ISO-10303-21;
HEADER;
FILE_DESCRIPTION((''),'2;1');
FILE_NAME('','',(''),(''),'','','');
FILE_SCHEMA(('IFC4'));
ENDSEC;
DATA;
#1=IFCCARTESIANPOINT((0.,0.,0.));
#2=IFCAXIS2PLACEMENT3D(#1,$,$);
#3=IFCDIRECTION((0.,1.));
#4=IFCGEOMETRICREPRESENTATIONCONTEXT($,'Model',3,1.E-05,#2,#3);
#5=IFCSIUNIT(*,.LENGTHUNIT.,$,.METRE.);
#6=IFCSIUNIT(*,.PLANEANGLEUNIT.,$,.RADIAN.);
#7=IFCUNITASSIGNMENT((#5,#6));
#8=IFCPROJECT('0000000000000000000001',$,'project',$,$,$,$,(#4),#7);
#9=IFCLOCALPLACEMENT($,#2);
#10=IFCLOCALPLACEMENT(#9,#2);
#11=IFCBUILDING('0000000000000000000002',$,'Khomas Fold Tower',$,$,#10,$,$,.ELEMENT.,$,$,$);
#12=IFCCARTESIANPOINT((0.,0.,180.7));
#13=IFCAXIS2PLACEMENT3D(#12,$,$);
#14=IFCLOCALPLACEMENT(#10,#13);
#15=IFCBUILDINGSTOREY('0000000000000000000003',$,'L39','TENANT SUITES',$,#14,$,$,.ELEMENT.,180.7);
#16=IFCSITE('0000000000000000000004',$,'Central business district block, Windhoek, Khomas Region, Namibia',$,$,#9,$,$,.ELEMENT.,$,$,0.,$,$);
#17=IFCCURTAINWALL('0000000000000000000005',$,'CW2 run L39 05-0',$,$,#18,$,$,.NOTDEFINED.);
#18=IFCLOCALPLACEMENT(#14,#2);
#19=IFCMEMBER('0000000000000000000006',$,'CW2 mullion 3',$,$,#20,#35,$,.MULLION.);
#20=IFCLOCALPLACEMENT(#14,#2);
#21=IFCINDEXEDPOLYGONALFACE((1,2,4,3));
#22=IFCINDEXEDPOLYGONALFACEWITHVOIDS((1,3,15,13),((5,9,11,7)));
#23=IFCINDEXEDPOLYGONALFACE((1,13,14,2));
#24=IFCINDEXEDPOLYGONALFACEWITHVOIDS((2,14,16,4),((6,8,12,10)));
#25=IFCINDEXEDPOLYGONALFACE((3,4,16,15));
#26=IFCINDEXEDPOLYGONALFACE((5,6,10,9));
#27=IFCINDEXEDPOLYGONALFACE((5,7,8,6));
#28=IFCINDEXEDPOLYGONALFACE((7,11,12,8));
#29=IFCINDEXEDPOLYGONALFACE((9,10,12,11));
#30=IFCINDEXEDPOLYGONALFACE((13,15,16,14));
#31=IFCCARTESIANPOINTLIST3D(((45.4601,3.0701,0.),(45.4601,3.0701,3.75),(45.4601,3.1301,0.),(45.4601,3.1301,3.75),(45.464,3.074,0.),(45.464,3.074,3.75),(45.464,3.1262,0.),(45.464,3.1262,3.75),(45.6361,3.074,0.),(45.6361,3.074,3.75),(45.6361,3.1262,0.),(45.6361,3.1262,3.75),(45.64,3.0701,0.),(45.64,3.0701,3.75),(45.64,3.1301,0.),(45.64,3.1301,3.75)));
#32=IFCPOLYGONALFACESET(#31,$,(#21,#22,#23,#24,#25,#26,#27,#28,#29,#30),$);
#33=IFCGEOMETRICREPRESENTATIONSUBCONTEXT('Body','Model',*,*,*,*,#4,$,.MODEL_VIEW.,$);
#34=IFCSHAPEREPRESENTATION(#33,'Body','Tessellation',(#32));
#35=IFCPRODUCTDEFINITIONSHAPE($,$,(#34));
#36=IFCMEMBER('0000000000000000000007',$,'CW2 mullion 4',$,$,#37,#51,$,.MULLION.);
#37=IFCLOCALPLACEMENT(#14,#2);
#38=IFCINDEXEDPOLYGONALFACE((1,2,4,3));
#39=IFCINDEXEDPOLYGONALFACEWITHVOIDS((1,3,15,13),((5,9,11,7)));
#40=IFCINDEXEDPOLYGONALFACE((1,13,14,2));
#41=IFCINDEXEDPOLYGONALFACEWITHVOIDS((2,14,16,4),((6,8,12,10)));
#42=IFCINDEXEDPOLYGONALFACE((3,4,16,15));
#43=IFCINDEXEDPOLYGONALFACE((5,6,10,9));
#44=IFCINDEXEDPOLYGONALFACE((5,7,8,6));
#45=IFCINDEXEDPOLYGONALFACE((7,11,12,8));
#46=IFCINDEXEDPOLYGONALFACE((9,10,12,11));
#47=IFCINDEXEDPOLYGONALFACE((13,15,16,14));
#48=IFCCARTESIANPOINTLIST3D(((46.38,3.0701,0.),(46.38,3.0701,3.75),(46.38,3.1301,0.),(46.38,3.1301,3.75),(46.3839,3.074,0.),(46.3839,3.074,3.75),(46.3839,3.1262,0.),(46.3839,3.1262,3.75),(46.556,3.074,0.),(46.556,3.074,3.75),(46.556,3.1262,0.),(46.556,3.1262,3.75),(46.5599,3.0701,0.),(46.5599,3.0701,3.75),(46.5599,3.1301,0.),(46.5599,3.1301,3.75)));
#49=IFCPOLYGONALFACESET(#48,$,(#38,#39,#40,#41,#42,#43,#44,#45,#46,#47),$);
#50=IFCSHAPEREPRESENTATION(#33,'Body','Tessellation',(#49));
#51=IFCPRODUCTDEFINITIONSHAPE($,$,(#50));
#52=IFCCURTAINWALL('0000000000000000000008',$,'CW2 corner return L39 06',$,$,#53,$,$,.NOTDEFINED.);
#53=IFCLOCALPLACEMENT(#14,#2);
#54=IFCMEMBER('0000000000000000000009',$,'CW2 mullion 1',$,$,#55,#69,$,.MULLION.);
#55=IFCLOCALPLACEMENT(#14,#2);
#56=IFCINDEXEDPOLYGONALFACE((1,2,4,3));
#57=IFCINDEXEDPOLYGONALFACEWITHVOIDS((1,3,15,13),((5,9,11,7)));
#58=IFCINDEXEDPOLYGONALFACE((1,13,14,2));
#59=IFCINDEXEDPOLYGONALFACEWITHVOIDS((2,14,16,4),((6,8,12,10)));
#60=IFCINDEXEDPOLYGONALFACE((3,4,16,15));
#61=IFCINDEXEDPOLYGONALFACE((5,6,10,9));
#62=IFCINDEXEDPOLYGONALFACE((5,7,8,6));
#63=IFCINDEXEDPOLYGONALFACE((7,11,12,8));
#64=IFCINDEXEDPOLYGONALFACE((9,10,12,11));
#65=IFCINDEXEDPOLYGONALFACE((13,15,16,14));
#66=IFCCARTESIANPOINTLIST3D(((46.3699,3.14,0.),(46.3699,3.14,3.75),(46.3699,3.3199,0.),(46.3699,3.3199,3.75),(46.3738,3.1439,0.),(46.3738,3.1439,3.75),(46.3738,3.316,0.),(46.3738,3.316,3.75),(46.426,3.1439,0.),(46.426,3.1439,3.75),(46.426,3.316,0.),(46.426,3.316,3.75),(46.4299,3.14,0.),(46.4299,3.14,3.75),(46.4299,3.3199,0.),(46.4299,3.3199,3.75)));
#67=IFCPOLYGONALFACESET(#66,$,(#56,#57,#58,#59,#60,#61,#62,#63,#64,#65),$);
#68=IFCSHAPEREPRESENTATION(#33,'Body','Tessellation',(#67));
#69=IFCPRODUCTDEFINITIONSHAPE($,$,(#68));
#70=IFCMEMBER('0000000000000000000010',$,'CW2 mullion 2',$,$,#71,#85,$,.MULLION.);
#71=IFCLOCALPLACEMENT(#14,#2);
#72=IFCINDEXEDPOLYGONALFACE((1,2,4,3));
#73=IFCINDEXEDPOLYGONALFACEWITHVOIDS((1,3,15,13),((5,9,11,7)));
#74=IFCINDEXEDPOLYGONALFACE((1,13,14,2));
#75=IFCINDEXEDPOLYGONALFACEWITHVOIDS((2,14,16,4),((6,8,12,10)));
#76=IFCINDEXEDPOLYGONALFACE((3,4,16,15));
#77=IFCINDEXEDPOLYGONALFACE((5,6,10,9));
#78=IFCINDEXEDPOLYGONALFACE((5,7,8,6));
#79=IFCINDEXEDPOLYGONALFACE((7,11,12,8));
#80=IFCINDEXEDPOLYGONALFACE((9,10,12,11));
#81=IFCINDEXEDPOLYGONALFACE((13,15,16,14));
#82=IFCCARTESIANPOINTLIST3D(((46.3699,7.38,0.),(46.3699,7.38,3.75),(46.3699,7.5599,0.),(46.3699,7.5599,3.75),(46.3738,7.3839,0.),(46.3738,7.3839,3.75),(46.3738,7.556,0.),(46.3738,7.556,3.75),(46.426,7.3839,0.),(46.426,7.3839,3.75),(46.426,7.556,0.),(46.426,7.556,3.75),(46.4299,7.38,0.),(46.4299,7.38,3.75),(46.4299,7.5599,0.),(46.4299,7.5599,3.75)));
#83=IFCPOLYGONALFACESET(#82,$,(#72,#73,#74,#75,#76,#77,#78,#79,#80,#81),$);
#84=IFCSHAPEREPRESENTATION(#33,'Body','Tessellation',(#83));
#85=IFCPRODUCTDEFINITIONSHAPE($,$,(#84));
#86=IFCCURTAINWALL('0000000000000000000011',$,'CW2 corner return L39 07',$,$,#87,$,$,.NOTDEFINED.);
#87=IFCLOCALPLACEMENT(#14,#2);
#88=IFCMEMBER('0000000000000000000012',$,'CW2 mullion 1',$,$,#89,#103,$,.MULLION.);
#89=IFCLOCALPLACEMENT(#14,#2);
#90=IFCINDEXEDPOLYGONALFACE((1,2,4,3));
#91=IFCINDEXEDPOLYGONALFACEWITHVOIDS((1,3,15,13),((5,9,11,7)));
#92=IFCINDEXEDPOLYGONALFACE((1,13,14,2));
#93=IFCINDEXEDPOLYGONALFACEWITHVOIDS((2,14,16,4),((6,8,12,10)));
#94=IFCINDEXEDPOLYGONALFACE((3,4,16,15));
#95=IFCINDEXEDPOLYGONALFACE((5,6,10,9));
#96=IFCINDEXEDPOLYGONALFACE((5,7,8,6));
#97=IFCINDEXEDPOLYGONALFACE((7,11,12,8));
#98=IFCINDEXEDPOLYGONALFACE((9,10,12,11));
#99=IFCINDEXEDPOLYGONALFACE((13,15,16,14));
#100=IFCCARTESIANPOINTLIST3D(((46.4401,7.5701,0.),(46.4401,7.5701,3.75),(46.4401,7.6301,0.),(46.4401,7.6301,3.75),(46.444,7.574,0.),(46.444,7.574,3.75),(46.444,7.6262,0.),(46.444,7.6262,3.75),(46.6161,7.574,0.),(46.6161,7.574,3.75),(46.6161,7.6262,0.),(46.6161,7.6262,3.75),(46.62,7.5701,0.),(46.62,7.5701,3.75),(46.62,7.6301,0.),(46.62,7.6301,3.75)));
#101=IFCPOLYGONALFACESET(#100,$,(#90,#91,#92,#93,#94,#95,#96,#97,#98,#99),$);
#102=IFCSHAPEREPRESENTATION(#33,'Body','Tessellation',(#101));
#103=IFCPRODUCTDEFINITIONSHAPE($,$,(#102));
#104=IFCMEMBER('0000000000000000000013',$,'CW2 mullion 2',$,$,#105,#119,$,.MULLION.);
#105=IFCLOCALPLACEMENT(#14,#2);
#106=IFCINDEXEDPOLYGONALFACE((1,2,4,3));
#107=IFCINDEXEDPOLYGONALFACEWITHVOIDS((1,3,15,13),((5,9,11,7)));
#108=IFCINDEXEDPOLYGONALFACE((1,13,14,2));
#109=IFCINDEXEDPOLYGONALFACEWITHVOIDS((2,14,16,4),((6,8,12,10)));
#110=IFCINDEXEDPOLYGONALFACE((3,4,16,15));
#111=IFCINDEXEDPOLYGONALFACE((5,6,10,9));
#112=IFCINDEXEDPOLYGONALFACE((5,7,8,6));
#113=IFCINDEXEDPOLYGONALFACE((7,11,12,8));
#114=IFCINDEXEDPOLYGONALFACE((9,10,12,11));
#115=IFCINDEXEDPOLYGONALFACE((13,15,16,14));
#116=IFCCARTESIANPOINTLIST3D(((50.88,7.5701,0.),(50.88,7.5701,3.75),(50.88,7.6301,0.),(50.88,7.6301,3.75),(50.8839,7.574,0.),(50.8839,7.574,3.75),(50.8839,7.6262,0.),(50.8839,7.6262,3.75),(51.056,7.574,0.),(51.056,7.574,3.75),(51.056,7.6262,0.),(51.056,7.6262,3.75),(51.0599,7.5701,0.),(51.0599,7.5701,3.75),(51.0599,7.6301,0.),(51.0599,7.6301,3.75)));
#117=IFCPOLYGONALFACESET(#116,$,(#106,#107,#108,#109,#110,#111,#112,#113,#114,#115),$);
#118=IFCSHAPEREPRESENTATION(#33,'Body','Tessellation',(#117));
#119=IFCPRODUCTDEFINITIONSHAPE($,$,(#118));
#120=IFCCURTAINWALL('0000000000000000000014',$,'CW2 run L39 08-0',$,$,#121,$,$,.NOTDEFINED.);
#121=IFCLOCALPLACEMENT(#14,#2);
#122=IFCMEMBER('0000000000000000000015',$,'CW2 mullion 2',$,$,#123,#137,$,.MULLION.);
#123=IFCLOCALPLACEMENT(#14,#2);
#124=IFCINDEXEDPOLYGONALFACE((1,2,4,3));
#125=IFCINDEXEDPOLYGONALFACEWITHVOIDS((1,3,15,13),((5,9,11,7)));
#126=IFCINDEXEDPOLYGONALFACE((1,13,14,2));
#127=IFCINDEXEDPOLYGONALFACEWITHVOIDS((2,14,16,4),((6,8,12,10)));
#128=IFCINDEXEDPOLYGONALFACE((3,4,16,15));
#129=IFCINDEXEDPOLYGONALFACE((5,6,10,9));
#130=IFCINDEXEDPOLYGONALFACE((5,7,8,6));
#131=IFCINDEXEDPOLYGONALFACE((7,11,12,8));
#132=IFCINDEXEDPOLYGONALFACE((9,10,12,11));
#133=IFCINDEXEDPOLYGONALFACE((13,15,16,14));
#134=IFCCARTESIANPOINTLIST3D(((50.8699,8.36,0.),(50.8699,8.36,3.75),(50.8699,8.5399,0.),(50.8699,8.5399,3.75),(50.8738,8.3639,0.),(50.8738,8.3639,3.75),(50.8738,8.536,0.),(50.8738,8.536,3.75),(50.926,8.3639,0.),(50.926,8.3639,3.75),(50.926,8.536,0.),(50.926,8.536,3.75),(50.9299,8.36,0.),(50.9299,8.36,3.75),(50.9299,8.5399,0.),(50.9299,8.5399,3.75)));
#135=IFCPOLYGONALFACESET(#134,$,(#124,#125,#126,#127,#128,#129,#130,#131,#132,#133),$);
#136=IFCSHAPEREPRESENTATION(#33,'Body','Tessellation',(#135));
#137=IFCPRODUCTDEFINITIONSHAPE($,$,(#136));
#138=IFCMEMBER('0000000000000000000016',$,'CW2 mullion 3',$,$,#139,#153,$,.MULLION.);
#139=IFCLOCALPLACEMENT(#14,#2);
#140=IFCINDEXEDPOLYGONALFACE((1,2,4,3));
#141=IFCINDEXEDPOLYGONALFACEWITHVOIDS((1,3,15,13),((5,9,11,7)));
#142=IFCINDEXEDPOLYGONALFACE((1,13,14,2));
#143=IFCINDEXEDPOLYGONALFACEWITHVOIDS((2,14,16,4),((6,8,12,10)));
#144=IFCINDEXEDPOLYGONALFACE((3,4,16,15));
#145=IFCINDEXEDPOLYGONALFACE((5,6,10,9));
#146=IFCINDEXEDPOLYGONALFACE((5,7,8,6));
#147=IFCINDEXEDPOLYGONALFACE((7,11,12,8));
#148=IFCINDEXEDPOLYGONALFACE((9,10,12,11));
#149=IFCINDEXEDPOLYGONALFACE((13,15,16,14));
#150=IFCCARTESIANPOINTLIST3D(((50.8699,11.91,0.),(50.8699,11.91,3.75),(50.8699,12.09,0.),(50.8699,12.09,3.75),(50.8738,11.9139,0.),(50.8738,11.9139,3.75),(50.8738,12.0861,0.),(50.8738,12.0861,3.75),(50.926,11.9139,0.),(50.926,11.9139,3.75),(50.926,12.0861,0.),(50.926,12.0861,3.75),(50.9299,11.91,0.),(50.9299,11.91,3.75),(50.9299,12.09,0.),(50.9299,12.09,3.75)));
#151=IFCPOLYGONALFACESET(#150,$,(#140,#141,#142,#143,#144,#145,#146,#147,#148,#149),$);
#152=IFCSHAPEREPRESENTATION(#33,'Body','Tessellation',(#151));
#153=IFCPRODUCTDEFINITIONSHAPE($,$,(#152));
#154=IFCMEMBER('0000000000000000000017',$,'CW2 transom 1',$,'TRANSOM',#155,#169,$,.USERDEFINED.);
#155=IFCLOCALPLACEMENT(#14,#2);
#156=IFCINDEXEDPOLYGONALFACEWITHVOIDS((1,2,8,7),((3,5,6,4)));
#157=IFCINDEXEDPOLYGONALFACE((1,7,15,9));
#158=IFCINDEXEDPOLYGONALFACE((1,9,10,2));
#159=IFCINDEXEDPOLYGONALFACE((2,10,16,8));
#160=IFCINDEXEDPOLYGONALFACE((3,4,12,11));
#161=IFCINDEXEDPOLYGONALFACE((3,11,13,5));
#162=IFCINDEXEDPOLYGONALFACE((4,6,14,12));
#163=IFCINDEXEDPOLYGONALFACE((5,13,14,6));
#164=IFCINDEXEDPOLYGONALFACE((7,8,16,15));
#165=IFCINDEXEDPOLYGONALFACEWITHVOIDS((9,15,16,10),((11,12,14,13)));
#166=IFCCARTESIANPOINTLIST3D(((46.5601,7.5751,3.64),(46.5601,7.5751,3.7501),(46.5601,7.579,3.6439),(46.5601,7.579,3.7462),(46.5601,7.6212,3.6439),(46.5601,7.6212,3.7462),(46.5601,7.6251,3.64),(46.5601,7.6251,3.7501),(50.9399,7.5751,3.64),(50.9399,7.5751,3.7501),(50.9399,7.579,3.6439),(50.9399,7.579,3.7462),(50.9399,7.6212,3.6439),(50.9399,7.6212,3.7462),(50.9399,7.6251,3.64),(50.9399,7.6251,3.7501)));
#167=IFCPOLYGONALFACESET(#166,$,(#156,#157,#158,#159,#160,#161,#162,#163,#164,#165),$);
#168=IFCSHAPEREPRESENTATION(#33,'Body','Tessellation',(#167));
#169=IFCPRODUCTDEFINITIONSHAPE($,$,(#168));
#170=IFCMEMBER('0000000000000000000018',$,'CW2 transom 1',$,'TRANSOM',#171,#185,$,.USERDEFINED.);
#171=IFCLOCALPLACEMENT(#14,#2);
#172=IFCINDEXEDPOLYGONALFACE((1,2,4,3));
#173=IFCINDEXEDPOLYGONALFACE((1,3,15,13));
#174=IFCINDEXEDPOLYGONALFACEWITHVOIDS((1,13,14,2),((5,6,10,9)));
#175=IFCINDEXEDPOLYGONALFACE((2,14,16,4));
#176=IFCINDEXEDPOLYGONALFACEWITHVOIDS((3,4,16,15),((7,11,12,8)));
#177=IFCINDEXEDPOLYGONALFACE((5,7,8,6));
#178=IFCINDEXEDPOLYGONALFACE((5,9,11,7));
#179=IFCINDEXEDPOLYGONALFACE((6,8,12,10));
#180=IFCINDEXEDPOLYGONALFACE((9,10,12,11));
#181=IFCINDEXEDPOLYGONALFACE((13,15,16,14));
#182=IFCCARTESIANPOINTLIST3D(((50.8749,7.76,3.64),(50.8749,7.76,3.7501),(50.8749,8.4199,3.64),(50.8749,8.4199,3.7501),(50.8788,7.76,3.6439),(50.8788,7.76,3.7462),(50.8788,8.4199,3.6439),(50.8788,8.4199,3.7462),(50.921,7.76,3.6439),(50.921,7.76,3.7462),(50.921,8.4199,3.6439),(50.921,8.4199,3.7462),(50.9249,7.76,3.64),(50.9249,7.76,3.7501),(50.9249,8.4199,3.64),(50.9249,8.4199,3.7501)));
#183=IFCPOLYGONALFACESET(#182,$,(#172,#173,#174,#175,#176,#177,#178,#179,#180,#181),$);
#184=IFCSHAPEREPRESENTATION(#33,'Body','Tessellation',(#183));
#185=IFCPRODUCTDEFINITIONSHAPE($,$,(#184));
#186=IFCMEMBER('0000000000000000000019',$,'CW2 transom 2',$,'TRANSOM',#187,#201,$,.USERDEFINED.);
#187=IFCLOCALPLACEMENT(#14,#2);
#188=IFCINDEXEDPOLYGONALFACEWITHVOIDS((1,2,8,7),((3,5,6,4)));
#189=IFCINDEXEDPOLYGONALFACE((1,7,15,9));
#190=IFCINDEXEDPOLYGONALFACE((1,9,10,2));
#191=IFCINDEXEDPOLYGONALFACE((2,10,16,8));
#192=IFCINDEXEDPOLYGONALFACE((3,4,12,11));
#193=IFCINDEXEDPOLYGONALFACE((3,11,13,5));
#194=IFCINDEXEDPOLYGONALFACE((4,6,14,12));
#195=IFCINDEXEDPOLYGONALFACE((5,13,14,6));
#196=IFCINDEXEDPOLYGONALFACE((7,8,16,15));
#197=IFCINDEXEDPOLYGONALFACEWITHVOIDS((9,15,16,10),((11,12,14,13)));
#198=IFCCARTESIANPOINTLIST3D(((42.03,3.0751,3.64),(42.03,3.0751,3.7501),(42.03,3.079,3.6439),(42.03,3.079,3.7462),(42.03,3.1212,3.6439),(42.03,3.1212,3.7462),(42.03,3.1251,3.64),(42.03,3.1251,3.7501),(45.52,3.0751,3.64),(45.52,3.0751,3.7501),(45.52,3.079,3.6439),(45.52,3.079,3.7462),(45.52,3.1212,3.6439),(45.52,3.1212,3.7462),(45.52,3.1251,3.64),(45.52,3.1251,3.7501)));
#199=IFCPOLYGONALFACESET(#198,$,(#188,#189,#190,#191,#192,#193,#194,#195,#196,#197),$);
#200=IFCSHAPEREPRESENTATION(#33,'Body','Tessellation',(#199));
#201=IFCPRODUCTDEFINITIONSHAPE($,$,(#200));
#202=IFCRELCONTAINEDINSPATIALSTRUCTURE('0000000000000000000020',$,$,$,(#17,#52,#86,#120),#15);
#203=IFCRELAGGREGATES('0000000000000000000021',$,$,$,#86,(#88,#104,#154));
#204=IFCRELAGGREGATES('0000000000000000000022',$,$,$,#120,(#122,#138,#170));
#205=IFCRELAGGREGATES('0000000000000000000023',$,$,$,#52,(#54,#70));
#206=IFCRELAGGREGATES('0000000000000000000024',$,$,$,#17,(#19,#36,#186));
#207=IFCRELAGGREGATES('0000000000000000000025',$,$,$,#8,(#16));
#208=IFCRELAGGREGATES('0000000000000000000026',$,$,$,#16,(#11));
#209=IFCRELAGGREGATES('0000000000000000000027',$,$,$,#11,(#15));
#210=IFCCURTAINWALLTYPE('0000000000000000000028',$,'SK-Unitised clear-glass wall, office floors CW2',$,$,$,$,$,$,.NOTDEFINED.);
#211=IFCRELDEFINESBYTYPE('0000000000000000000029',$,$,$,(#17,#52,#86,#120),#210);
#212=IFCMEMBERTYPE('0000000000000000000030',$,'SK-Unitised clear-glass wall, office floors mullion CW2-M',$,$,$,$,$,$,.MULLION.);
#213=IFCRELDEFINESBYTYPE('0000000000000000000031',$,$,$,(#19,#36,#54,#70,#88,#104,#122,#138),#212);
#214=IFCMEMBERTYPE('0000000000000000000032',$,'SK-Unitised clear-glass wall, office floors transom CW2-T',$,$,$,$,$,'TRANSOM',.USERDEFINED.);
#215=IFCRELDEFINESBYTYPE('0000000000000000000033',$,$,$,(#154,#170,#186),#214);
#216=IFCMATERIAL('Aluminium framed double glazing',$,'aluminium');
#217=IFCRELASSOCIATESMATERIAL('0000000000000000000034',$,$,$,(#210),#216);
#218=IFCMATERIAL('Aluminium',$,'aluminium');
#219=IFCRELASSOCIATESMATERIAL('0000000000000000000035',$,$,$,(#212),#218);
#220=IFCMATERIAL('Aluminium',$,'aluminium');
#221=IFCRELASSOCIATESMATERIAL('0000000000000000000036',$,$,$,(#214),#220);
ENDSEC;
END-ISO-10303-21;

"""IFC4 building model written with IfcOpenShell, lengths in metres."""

from ifc_helpers import new_model, si_unit, direction, frame, origin, origin_2d, place, context, subcontext, project, spatial, hollow_rectangle, extrude, source, transform, mapped, material, material_profile, profile_set, type_object, element, aggregate, save


model = new_model("IFC4")

# Units and contexts
model_context = context("Model", 3, precision=1e-05, world=origin(), true_north=direction((0.0, 1.0)))
body_context = subcontext(model_context, "Body", "Model", "MODEL_VIEW")
ifc_project = project(units=[si_unit("LENGTHUNIT", "METRE"), si_unit("PLANEANGLEUNIT", "RADIAN")], contexts=[model_context])

# Site, building, storey
site_placement = place(None, origin())
site = spatial("IfcSite", under=ifc_project, at=site_placement, Name="Central business district block, Windhoek, Khomas Region, Namibia", CompositionType="ELEMENT", RefElevation=0.0)
building_placement = place(site_placement, origin())
building = spatial("IfcBuilding", under=site, at=building_placement, Name="Khomas Fold Tower", CompositionType="ELEMENT")
storey_placement = place(building_placement, frame((0.0, 0.0, 180.7)))
storey = spatial("IfcBuildingStorey", under=building, at=storey_placement, Name="L39", Description="TENANT SUITES", CompositionType="ELEMENT", Elevation=180.7)

# Curtain walls, members
ifc_material_1 = material(Name="Aluminium framed double glazing", Category="aluminium")
curtain_wall_type = type_object("IfcCurtainWallType", Name="SK-Unitised clear-glass wall, office floors CW2", PredefinedType="NOTDEFINED", material=ifc_material_1)
curtain_wall_1_placement = place(storey_placement, origin())
curtain_wall_1 = element("IfcCurtainWall", 1, at=curtain_wall_1_placement, inside=storey, type_object=curtain_wall_type, Name="CW2 run L39 05-0", PredefinedType="NOTDEFINED")
ifc_material_2 = material(Name="Aluminium", Category="aluminium")
ifc_material_profile_1 = material_profile(ifc_material_2, hollow_rectangle(XDim=0.0601, YDim=0.1799, WallThickness=0.0039, at=origin_2d()), Name="SK-Unitised clear-glass wall, office floors mullion CW2-M")
ifc_profile_set_1 = profile_set([ifc_material_profile_1], Name="Aluminium")
member_type_1 = type_object("IfcMemberType", Name="SK-Unitised clear-glass wall, office floors mullion CW2-M", PredefinedType="MULLION", material=ifc_profile_set_1)
shared_shape_1 = source(origin(), body_context, "Body", "SweptSolid", [
    extrude(hollow_rectangle(XDim=0.0601, YDim=0.1799, WallThickness=0.0039, at=origin_2d()), origin(), (0.0, 0.0, 1.0), 3.75),
])
member_1_placement = place(storey_placement, frame((45.55, 3.1001, 0.0), z_axis=(0.0, 0.0, 1.0), x_axis=(0.0, 1.0, 0.0)))
member_1 = element("IfcMember", 2, at=member_1_placement, type_object=member_type_1, Name="CW2 mullion 3", PredefinedType="MULLION", context=body_context, shape_type="MappedRepresentation", body=[
    mapped(shared_shape_1, transform((0.0, 0.0, 0.0))),
])
member_2_placement = place(storey_placement, frame((46.47, 3.1001, 0.0), z_axis=(0.0, 0.0, 1.0), x_axis=(0.0, 1.0, 0.0)))
member_2 = element("IfcMember", 3, at=member_2_placement, type_object=member_type_1, Name="CW2 mullion 4", PredefinedType="MULLION", context=body_context, shape_type="MappedRepresentation", body=[
    mapped(shared_shape_1, transform((0.0, 0.0, 0.0))),
])
curtain_wall_2_placement = place(storey_placement, origin())
curtain_wall_2 = element("IfcCurtainWall", 4, at=curtain_wall_2_placement, inside=storey, type_object=curtain_wall_type, Name="CW2 corner return L39 06", PredefinedType="NOTDEFINED")
member_3_placement = place(storey_placement, frame((46.3999, 3.23, 0.0), z_axis=(0.0, 0.0, 1.0), x_axis=(-1.0, 0.0, 0.0)))
member_3 = element("IfcMember", 5, at=member_3_placement, type_object=member_type_1, Name="CW2 mullion 1", PredefinedType="MULLION", context=body_context, shape_type="MappedRepresentation", body=[
    mapped(shared_shape_1, transform((0.0, 0.0, 0.0))),
])
member_4_placement = place(storey_placement, frame((46.3999, 7.47, 0.0), z_axis=(0.0, 0.0, 1.0), x_axis=(-1.0, 0.0, 0.0)))
member_4 = element("IfcMember", 6, at=member_4_placement, type_object=member_type_1, Name="CW2 mullion 2", PredefinedType="MULLION", context=body_context, shape_type="MappedRepresentation", body=[
    mapped(shared_shape_1, transform((0.0, 0.0, 0.0))),
])
curtain_wall_3_placement = place(storey_placement, origin())
curtain_wall_3 = element("IfcCurtainWall", 7, at=curtain_wall_3_placement, inside=storey, type_object=curtain_wall_type, Name="CW2 corner return L39 07", PredefinedType="NOTDEFINED")
member_5_placement = place(storey_placement, frame((46.53, 7.6001, 0.0), z_axis=(0.0, 0.0, 1.0), x_axis=(0.0, 1.0, 0.0)))
member_5 = element("IfcMember", 8, at=member_5_placement, type_object=member_type_1, Name="CW2 mullion 1", PredefinedType="MULLION", context=body_context, shape_type="MappedRepresentation", body=[
    mapped(shared_shape_1, transform((0.0, 0.0, 0.0))),
])
member_6_placement = place(storey_placement, frame((50.97, 7.6001, 0.0), z_axis=(0.0, 0.0, 1.0), x_axis=(0.0, 1.0, 0.0)))
member_6 = element("IfcMember", 9, at=member_6_placement, type_object=member_type_1, Name="CW2 mullion 2", PredefinedType="MULLION", context=body_context, shape_type="MappedRepresentation", body=[
    mapped(shared_shape_1, transform((0.0, 0.0, 0.0))),
])
curtain_wall_4_placement = place(storey_placement, origin())
curtain_wall_4 = element("IfcCurtainWall", 10, at=curtain_wall_4_placement, inside=storey, type_object=curtain_wall_type, Name="CW2 run L39 08-0", PredefinedType="NOTDEFINED")
member_7_placement = place(storey_placement, frame((50.8999, 8.45, 0.0), z_axis=(0.0, 0.0, 1.0), x_axis=(-1.0, 0.0, 0.0)))
member_7 = element("IfcMember", 11, at=member_7_placement, type_object=member_type_1, Name="CW2 mullion 2", PredefinedType="MULLION", context=body_context, shape_type="MappedRepresentation", body=[
    mapped(shared_shape_1, transform((0.0, 0.0, 0.0))),
])
member_8_placement = place(storey_placement, frame((50.8999, 12.0, 0.0), z_axis=(0.0, 0.0, 1.0), x_axis=(-1.0, 0.0, 0.0)))
member_8 = element("IfcMember", 12, at=member_8_placement, type_object=member_type_1, Name="CW2 mullion 3", PredefinedType="MULLION", context=body_context, shape_type="MappedRepresentation", body=[
    mapped(shared_shape_1, transform((0.0, 0.0, 0.0))),
])

# Members
ifc_material_3 = material(Name="Aluminium", Category="aluminium")
ifc_material_profile_2 = material_profile(ifc_material_3, hollow_rectangle(XDim=0.05, YDim=0.1101, WallThickness=0.0039, at=origin_2d()), Name="SK-Unitised clear-glass wall, office floors transom CW2-T")
ifc_profile_set_2 = profile_set([ifc_material_profile_2], Name="Aluminium")
member_type_2 = type_object("IfcMemberType", Name="SK-Unitised clear-glass wall, office floors transom CW2-T", ElementType="TRANSOM", PredefinedType="USERDEFINED", material=ifc_profile_set_2)
shared_shape_2 = source(origin(), body_context, "Body", "SweptSolid", [
    extrude(hollow_rectangle(XDim=0.05, YDim=0.1101, WallThickness=0.0039, at=origin_2d()), origin(), (0.0, 0.0, 1.0), 4.3799),
])
member_9_placement = place(storey_placement, frame((46.5601, 7.6001, 3.6951), z_axis=(1.0, 0.0, 0.0), x_axis=(0.0, 1.0, 0.0)))
member_9 = element("IfcMember", 13, at=member_9_placement, type_object=member_type_2, Name="CW2 transom 1", ObjectType="TRANSOM", PredefinedType="USERDEFINED", context=body_context, shape_type="MappedRepresentation", body=[
    mapped(shared_shape_2, transform((0.0, 0.0, 0.0))),
])
shared_shape_3 = source(origin(), body_context, "Body", "SweptSolid", [
    extrude(hollow_rectangle(XDim=0.05, YDim=0.1101, WallThickness=0.0039, at=origin_2d()), origin(), (0.0, 0.0, 1.0), 0.6599),
])
member_10_placement = place(storey_placement, frame((50.8999, 7.76, 3.6951), z_axis=(0.0, 1.0, 0.0), x_axis=(-1.0, 0.0, 0.0)))
member_10 = element("IfcMember", 14, at=member_10_placement, type_object=member_type_2, Name="CW2 transom 1", ObjectType="TRANSOM", PredefinedType="USERDEFINED", context=body_context, shape_type="MappedRepresentation", body=[
    mapped(shared_shape_3, transform((0.0, 0.0, 0.0))),
])
shared_shape_4 = source(origin(), body_context, "Body", "SweptSolid", [
    extrude(hollow_rectangle(XDim=0.05, YDim=0.1101, WallThickness=0.0039, at=origin_2d()), origin(), (0.0, 0.0, 1.0), 3.49),
])
member_11_placement = place(storey_placement, frame((42.03, 3.1001, 3.6951), z_axis=(1.0, 0.0, 0.0), x_axis=(0.0, 1.0, 0.0)))
member_11 = element("IfcMember", 15, at=member_11_placement, type_object=member_type_2, Name="CW2 transom 2", ObjectType="TRANSOM", PredefinedType="USERDEFINED", context=body_context, shape_type="MappedRepresentation", body=[
    mapped(shared_shape_4, transform((0.0, 0.0, 0.0))),
])

aggregate(curtain_wall_3, [member_5, member_6, member_9])
aggregate(curtain_wall_4, [member_7, member_8, member_10])
aggregate(curtain_wall_2, [member_3, member_4])
aggregate(curtain_wall_1, [member_1, member_2, member_11])

save(model, "model.ifc")
